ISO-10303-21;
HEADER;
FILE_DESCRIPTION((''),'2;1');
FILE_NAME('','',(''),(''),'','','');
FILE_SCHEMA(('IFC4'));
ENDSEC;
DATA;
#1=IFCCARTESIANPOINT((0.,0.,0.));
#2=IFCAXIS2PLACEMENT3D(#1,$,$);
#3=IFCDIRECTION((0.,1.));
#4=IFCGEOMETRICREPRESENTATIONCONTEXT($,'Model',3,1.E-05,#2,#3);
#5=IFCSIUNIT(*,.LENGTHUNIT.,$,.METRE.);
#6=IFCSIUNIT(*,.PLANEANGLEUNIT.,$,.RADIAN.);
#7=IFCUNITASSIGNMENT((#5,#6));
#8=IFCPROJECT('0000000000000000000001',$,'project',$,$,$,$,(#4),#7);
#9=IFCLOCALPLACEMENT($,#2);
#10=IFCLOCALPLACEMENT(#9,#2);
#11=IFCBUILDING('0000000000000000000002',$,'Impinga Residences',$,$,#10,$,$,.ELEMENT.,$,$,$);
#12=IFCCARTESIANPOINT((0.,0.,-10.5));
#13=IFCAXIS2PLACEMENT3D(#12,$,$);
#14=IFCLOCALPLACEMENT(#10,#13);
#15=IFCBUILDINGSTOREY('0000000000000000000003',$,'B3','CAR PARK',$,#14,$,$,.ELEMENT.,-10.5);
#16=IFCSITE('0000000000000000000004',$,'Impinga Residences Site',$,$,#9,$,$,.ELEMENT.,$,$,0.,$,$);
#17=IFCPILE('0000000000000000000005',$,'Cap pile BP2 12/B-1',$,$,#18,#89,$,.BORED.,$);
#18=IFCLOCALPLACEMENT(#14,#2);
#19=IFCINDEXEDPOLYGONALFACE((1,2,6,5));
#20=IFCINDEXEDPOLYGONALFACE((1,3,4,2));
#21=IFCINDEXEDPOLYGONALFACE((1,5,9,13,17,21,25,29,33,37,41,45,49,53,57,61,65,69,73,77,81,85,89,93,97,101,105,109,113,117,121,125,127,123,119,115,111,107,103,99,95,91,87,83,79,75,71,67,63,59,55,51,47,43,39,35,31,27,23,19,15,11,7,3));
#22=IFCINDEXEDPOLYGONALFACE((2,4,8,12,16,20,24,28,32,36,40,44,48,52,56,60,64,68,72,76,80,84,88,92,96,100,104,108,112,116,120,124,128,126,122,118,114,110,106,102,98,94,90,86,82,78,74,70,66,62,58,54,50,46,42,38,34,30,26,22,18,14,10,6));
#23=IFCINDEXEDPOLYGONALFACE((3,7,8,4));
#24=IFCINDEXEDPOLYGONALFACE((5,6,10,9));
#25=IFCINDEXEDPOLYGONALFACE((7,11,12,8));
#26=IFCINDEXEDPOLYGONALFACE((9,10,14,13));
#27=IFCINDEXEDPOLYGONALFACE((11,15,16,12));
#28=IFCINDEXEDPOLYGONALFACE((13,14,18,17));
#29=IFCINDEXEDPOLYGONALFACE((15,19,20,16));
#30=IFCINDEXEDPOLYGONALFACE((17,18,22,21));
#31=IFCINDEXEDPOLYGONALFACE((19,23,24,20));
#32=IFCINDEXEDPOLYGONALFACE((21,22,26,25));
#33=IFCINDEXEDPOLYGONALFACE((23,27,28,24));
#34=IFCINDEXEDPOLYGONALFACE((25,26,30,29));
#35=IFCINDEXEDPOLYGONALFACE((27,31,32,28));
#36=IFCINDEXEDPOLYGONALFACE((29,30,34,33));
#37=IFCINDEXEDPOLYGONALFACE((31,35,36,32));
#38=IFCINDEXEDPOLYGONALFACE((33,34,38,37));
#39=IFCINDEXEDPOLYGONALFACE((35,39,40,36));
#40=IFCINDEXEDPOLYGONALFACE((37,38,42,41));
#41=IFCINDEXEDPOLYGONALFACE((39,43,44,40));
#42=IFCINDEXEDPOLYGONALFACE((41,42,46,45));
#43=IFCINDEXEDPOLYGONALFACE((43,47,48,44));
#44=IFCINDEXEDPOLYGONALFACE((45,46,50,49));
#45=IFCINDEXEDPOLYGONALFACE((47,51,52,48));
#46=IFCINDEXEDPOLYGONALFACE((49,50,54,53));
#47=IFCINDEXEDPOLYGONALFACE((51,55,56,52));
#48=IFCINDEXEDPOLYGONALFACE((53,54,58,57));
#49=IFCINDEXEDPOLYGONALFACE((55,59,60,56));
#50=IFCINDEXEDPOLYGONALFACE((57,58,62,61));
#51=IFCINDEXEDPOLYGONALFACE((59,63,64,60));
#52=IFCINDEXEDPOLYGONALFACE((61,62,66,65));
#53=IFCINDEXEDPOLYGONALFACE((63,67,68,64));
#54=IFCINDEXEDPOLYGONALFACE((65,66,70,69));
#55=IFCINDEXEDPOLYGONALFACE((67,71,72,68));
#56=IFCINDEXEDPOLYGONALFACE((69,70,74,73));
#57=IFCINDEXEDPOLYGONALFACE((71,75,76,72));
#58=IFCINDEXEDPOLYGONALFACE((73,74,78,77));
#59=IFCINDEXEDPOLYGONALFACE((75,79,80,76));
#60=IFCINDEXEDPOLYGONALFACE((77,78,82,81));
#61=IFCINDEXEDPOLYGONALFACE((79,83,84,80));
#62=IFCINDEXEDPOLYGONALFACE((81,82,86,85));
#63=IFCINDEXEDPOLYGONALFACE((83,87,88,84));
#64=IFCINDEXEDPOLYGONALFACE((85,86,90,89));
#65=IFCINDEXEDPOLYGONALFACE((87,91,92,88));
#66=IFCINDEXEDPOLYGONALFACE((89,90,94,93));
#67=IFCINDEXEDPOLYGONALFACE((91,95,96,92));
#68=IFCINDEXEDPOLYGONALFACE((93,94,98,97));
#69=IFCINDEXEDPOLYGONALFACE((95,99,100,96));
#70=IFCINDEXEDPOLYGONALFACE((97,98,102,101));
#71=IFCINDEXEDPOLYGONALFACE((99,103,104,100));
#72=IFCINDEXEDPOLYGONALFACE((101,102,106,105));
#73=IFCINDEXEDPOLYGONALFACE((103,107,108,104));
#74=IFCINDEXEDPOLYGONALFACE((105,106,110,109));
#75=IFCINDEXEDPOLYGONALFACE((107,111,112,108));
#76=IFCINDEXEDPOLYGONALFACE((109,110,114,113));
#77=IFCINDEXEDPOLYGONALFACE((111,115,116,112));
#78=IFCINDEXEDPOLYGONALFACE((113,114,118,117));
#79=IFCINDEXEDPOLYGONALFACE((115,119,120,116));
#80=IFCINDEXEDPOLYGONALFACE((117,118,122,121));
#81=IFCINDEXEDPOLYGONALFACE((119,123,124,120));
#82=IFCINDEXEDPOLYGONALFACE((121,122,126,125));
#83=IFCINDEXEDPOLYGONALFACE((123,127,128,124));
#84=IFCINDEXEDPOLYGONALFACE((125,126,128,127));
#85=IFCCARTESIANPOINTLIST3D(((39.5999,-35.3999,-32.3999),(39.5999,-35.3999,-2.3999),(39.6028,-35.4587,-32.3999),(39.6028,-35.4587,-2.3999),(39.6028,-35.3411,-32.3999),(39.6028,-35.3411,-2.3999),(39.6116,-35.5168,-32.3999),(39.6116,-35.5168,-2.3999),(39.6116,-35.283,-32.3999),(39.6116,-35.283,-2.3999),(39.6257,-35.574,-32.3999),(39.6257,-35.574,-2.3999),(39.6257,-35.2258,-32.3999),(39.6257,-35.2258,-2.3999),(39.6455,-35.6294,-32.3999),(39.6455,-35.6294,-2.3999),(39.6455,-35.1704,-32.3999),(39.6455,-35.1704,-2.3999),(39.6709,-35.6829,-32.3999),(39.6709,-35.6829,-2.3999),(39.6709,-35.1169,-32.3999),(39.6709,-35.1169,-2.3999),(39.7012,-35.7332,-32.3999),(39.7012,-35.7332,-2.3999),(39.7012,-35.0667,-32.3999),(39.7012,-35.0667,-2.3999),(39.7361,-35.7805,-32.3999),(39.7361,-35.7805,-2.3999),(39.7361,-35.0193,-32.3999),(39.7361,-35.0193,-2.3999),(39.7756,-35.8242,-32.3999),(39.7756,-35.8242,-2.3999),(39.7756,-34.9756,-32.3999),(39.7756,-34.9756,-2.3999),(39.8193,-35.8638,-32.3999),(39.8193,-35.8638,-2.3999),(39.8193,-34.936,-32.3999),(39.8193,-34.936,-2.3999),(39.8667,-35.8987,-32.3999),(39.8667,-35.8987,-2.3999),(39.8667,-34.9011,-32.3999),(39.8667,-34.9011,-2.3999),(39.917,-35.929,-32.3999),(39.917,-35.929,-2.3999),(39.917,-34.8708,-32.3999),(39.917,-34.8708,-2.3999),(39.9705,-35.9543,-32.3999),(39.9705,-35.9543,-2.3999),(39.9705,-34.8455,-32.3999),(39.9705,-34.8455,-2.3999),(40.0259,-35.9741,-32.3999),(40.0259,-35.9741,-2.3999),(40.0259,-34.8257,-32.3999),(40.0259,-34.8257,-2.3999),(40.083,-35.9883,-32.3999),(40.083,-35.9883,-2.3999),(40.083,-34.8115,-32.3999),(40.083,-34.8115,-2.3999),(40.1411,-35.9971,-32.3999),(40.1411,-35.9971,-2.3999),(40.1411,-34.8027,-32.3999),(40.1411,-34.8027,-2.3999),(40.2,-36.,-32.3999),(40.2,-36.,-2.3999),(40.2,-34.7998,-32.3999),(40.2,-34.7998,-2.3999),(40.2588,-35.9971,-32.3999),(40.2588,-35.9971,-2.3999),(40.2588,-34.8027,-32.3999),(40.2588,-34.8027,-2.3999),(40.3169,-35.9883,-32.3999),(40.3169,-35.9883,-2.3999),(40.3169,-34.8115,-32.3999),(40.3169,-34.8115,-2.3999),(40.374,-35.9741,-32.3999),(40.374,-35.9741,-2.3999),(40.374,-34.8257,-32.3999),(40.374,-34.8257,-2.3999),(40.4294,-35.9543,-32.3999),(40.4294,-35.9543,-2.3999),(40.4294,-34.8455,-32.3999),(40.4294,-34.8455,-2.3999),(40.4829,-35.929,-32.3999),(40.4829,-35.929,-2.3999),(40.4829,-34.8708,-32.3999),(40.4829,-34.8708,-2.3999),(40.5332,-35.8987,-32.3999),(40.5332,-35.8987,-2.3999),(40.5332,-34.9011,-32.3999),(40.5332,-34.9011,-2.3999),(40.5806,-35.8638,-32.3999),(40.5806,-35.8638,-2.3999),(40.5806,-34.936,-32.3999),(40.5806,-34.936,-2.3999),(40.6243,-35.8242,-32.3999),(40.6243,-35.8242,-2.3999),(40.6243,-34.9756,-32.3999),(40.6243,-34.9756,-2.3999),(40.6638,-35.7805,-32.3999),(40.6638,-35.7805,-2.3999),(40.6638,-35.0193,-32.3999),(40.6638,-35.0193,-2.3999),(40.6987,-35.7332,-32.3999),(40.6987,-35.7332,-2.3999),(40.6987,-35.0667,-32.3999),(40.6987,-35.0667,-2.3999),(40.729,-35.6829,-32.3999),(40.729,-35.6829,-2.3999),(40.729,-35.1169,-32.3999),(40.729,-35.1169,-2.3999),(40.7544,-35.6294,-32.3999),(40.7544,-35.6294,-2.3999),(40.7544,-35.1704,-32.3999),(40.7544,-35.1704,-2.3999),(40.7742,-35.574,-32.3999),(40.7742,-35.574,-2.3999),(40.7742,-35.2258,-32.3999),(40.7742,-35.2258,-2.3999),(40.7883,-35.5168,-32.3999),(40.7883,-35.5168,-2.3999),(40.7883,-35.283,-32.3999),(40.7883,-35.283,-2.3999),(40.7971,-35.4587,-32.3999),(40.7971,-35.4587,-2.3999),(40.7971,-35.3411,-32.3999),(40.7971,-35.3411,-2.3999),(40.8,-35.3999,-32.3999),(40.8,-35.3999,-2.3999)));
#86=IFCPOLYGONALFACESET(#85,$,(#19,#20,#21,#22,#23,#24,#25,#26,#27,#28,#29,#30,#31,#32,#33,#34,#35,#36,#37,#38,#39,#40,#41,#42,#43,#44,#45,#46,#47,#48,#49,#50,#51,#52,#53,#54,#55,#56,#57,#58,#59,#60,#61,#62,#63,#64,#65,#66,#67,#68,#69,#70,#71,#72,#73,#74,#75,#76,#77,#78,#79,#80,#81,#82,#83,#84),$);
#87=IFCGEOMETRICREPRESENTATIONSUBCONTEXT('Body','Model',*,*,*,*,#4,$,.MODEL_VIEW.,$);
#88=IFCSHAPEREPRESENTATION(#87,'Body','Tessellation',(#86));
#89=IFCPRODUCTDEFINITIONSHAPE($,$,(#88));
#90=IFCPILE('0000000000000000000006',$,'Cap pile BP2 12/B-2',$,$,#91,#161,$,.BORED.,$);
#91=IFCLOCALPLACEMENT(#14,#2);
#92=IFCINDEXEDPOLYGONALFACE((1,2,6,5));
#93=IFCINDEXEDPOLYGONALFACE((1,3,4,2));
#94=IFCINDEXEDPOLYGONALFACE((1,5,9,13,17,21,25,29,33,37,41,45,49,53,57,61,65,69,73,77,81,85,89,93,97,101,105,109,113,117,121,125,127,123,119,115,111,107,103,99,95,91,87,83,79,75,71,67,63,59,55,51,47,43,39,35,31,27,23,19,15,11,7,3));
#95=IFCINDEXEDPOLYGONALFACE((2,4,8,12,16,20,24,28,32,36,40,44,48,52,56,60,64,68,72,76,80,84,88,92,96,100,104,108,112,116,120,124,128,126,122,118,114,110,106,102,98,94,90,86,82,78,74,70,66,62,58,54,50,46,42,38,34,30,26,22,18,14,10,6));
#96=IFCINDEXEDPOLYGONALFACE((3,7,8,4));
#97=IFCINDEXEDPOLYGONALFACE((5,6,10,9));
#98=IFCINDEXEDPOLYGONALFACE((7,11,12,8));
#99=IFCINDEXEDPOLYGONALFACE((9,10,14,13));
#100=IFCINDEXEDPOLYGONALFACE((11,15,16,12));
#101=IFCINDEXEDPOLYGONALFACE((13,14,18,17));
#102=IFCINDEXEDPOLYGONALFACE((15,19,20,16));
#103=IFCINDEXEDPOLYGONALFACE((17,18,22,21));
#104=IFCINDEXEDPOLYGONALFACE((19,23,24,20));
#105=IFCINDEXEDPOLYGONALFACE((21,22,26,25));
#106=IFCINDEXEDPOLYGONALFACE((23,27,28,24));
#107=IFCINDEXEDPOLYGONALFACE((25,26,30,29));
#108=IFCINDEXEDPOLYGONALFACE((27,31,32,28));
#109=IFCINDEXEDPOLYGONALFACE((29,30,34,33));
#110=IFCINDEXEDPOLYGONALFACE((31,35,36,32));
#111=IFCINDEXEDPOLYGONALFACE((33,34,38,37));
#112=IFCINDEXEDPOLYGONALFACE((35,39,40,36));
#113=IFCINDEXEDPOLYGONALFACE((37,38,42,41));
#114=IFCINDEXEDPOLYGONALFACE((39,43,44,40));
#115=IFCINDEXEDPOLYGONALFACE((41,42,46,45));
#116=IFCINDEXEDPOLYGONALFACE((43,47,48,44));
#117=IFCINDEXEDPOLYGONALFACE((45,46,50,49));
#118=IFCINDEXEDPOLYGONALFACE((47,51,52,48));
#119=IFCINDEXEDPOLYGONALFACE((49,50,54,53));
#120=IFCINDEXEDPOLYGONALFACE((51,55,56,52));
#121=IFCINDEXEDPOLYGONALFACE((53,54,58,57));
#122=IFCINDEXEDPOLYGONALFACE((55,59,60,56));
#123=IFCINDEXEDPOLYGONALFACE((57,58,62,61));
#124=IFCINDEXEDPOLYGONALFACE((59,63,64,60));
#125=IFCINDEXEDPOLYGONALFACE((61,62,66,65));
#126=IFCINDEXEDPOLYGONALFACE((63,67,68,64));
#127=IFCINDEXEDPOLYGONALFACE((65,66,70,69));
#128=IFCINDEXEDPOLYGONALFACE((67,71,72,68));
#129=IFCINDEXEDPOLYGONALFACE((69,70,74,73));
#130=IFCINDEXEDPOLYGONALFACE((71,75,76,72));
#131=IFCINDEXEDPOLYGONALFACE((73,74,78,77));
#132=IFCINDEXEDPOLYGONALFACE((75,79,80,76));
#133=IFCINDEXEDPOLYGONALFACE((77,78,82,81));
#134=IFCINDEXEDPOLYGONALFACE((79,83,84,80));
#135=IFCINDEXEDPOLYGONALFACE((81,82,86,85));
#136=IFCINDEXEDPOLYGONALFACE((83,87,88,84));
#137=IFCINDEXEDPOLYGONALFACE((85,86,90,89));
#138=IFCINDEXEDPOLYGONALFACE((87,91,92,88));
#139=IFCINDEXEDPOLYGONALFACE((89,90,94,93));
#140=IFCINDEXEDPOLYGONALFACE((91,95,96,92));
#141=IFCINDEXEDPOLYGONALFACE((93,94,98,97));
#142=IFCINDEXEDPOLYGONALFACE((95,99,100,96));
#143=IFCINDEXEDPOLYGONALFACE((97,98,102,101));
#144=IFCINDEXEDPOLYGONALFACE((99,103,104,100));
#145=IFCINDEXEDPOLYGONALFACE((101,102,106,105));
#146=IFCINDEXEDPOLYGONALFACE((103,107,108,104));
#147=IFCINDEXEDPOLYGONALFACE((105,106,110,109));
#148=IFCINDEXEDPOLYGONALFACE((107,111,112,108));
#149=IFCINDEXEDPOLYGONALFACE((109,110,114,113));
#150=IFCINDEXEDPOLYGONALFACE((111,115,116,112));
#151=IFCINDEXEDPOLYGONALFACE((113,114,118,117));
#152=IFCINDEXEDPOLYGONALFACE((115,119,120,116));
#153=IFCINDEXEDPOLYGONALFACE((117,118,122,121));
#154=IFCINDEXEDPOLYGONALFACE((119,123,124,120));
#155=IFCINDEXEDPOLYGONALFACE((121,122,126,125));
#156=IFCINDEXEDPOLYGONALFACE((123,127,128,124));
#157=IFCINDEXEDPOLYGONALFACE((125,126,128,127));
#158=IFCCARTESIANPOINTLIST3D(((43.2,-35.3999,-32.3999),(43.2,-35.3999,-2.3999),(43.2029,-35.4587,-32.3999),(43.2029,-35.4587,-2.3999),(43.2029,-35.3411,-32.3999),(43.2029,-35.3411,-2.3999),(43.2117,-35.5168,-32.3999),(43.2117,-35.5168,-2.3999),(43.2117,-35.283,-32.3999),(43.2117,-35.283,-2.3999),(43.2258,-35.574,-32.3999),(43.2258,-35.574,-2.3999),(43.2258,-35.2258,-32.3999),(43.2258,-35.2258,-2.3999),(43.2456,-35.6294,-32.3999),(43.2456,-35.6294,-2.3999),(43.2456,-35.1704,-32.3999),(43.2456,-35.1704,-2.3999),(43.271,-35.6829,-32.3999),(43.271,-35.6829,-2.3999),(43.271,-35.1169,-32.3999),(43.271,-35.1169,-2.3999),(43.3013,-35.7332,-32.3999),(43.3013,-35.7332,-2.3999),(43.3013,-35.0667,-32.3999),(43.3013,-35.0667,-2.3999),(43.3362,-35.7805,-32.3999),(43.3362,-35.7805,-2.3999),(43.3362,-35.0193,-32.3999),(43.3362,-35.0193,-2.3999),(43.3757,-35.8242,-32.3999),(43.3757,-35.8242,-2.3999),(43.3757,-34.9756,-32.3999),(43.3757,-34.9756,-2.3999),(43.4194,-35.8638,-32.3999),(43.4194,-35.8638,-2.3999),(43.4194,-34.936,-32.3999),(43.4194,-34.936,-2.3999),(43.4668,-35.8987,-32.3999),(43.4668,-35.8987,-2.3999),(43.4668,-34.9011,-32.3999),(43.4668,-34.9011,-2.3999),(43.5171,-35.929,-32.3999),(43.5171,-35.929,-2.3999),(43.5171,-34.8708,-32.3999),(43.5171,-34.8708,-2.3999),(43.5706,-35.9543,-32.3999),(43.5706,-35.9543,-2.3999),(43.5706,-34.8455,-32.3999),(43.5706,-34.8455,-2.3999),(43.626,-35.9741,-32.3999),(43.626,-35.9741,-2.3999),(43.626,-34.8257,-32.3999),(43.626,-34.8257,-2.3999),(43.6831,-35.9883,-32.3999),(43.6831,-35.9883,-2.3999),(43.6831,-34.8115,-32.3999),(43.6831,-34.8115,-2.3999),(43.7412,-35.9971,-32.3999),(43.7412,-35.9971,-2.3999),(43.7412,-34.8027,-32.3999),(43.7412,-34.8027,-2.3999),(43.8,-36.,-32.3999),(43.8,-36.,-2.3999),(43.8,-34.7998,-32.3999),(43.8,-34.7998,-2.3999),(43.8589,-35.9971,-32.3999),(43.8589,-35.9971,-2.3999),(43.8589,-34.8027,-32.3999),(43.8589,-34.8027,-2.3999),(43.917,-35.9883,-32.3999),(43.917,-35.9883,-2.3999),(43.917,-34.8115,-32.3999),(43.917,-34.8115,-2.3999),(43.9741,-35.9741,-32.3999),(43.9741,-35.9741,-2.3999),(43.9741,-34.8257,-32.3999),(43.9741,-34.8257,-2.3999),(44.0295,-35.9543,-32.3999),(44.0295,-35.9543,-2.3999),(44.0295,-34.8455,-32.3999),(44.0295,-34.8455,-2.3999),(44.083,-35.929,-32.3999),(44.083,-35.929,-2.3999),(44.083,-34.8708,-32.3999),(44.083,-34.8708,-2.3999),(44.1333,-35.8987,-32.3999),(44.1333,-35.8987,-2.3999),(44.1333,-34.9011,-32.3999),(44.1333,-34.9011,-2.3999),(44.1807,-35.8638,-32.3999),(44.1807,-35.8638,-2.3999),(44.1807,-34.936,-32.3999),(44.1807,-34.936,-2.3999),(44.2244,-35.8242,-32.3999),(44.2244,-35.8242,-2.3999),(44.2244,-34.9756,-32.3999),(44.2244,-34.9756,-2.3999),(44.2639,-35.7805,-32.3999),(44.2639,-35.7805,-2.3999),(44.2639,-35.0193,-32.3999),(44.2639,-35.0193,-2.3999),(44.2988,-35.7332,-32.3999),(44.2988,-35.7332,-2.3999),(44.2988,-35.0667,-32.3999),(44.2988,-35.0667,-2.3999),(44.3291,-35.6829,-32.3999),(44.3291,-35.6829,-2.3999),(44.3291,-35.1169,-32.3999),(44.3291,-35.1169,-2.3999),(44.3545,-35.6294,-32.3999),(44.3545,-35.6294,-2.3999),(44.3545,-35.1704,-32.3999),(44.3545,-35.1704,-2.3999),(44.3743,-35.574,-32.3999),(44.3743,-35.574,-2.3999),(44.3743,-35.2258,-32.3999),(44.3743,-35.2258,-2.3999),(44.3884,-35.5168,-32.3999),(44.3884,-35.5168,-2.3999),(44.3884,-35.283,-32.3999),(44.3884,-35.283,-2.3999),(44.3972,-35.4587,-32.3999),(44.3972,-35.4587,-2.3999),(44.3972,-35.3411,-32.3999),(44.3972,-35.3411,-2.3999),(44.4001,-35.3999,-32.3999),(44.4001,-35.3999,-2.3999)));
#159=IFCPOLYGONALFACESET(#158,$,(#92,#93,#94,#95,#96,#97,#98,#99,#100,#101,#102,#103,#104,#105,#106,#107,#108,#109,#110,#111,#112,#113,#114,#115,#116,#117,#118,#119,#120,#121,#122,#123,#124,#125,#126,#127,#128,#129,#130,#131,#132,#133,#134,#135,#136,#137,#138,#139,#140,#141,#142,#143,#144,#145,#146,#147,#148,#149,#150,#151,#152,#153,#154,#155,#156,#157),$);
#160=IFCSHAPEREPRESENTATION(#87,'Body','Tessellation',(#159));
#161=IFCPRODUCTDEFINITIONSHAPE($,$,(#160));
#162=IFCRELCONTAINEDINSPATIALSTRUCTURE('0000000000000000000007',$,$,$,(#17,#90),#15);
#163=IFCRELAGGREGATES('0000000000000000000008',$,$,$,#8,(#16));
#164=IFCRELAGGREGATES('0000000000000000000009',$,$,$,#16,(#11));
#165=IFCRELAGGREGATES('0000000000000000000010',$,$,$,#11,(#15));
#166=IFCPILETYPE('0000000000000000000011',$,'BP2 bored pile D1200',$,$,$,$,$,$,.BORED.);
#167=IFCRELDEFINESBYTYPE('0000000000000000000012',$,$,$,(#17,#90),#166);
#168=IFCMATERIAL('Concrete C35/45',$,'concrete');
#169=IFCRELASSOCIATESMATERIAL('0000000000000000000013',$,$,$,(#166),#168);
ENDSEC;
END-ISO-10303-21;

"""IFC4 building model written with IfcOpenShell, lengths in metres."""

from ifc_helpers import new_model, si_unit, direction, frame, origin, origin_2d, place, context, subcontext, project, spatial, polyline, circle, outline, extrude, material, material_profile, profile_set, type_object, element, save


model = new_model("IFC4")

# Units and contexts
model_context = context("Model", 3, precision=1e-05, world=origin(), true_north=direction((0.0, 1.0)))
body_context = subcontext(model_context, "Body", "Model", "MODEL_VIEW")
ifc_project = project(units=[si_unit("LENGTHUNIT", "METRE"), si_unit("PLANEANGLEUNIT", "RADIAN")], contexts=[model_context])

# Site, building, storey
site_placement = place(None, origin())
site = spatial("IfcSite", under=ifc_project, at=site_placement, Name="Impinga Residences Site", CompositionType="ELEMENT", RefElevation=0.0)
building_placement = place(site_placement, origin())
building = spatial("IfcBuilding", under=site, at=building_placement, Name="Impinga Residences", CompositionType="ELEMENT")
storey_placement = place(building_placement, frame((0.0, 0.0, -10.5)))
storey = spatial("IfcBuildingStorey", under=building, at=storey_placement, Name="B3", Description="CAR PARK", CompositionType="ELEMENT", Elevation=-10.5)

# Piles
ifc_material_1 = material(Name="Concrete C35/45", Category="concrete")
ifc_material_profile_1 = material_profile(ifc_material_1, circle(Radius=0.6001, at=origin_2d()), Name="D1200")
ifc_profile_set_1 = profile_set([ifc_material_profile_1], Name="Concrete C35/45")
pile_type_1 = type_object("IfcPileType", Name="BP2 bored pile D1200", PredefinedType="BORED", material=ifc_profile_set_1)
pile_1_placement = place(storey_placement, frame((40.2, -35.3999, -2.3999), z_axis=(0.0, 0.0, -1.0), x_axis=(1.0, 0.0, 0.0)))
element("IfcPile", 1, at=pile_1_placement, inside=storey, type_object=pile_type_1, Name="Cap pile BP2 12/B-1", PredefinedType="BORED", context=body_context, shape_type="SweptSolid", body=[
    extrude(outline(polyline([(0.6001, 0.0), (0.5972, 0.0588), (0.5884, 0.1169), (0.5742, 0.1741), (0.5544, 0.2295), (0.5291, 0.283), (0.4988, 0.3333), (0.4639, 0.3806), (0.4243, 0.4243), (0.3806, 0.4639), (0.3333, 0.4988), (0.283, 0.5291), (0.2295, 0.5544), (0.1741, 0.5742), (0.1169, 0.5884), (0.0588, 0.5972), (0.0, 0.6001), (-0.0588, 0.5972), (-0.1169, 0.5884), (-0.1741, 0.5742), (-0.2295, 0.5544), (-0.283, 0.5291), (-0.3333, 0.4988), (-0.3806, 0.4639), (-0.4243, 0.4243), (-0.4639, 0.3806), (-0.4988, 0.3333), (-0.5291, 0.283), (-0.5544, 0.2295), (-0.5742, 0.1741), (-0.5884, 0.1169), (-0.5972, 0.0588), (-0.6001, 0.0), (-0.5972, -0.0588), (-0.5884, -0.1169), (-0.5742, -0.1741), (-0.5544, -0.2295), (-0.5291, -0.283), (-0.4988, -0.3333), (-0.4639, -0.3806), (-0.4243, -0.4243), (-0.3806, -0.4639), (-0.3333, -0.4988), (-0.283, -0.5291), (-0.2295, -0.5544), (-0.1741, -0.5742), (-0.1169, -0.5884), (-0.0588, -0.5972), (0.0, -0.6001), (0.0588, -0.5972), (0.1169, -0.5884), (0.1741, -0.5742), (0.2295, -0.5544), (0.283, -0.5291), (0.3333, -0.4988), (0.3806, -0.4639), (0.4243, -0.4243), (0.4639, -0.3806), (0.4988, -0.3333), (0.5291, -0.283), (0.5544, -0.2295), (0.5742, -0.1741), (0.5884, -0.1169), (0.5972, -0.0588), (0.6001, 0.0)])), origin(), (0.0, 0.0, 1.0), 30.0),
])
pile_2_placement = place(storey_placement, frame((43.8, -35.3999, -2.3999), z_axis=(0.0, 0.0, -1.0), x_axis=(1.0, 0.0, 0.0)))
element("IfcPile", 2, at=pile_2_placement, inside=storey, type_object=pile_type_1, Name="Cap pile BP2 12/B-2", PredefinedType="BORED", context=body_context, shape_type="SweptSolid", body=[
    extrude(outline(polyline([(0.6001, 0.0), (0.5972, 0.0588), (0.5884, 0.1169), (0.5742, 0.1741), (0.5544, 0.2295), (0.5291, 0.283), (0.4988, 0.3333), (0.4639, 0.3806), (0.4243, 0.4243), (0.3806, 0.4639), (0.3333, 0.4988), (0.283, 0.5291), (0.2295, 0.5544), (0.1741, 0.5742), (0.1169, 0.5884), (0.0588, 0.5972), (0.0, 0.6001), (-0.0588, 0.5972), (-0.1169, 0.5884), (-0.1741, 0.5742), (-0.2295, 0.5544), (-0.283, 0.5291), (-0.3333, 0.4988), (-0.3806, 0.4639), (-0.4243, 0.4243), (-0.4639, 0.3806), (-0.4988, 0.3333), (-0.5291, 0.283), (-0.5544, 0.2295), (-0.5742, 0.1741), (-0.5884, 0.1169), (-0.5972, 0.0588), (-0.6001, 0.0), (-0.5972, -0.0588), (-0.5884, -0.1169), (-0.5742, -0.1741), (-0.5544, -0.2295), (-0.5291, -0.283), (-0.4988, -0.3333), (-0.4639, -0.3806), (-0.4243, -0.4243), (-0.3806, -0.4639), (-0.3333, -0.4988), (-0.283, -0.5291), (-0.2295, -0.5544), (-0.1741, -0.5742), (-0.1169, -0.5884), (-0.0588, -0.5972), (0.0, -0.6001), (0.0588, -0.5972), (0.1169, -0.5884), (0.1741, -0.5742), (0.2295, -0.5544), (0.283, -0.5291), (0.3333, -0.4988), (0.3806, -0.4639), (0.4243, -0.4243), (0.4639, -0.3806), (0.4988, -0.3333), (0.5291, -0.283), (0.5544, -0.2295), (0.5742, -0.1741), (0.5884, -0.1169), (0.5972, -0.0588), (0.6001, 0.0)])), origin(), (0.0, 0.0, 1.0), 30.0),
])

save(model, "model.ifc")
